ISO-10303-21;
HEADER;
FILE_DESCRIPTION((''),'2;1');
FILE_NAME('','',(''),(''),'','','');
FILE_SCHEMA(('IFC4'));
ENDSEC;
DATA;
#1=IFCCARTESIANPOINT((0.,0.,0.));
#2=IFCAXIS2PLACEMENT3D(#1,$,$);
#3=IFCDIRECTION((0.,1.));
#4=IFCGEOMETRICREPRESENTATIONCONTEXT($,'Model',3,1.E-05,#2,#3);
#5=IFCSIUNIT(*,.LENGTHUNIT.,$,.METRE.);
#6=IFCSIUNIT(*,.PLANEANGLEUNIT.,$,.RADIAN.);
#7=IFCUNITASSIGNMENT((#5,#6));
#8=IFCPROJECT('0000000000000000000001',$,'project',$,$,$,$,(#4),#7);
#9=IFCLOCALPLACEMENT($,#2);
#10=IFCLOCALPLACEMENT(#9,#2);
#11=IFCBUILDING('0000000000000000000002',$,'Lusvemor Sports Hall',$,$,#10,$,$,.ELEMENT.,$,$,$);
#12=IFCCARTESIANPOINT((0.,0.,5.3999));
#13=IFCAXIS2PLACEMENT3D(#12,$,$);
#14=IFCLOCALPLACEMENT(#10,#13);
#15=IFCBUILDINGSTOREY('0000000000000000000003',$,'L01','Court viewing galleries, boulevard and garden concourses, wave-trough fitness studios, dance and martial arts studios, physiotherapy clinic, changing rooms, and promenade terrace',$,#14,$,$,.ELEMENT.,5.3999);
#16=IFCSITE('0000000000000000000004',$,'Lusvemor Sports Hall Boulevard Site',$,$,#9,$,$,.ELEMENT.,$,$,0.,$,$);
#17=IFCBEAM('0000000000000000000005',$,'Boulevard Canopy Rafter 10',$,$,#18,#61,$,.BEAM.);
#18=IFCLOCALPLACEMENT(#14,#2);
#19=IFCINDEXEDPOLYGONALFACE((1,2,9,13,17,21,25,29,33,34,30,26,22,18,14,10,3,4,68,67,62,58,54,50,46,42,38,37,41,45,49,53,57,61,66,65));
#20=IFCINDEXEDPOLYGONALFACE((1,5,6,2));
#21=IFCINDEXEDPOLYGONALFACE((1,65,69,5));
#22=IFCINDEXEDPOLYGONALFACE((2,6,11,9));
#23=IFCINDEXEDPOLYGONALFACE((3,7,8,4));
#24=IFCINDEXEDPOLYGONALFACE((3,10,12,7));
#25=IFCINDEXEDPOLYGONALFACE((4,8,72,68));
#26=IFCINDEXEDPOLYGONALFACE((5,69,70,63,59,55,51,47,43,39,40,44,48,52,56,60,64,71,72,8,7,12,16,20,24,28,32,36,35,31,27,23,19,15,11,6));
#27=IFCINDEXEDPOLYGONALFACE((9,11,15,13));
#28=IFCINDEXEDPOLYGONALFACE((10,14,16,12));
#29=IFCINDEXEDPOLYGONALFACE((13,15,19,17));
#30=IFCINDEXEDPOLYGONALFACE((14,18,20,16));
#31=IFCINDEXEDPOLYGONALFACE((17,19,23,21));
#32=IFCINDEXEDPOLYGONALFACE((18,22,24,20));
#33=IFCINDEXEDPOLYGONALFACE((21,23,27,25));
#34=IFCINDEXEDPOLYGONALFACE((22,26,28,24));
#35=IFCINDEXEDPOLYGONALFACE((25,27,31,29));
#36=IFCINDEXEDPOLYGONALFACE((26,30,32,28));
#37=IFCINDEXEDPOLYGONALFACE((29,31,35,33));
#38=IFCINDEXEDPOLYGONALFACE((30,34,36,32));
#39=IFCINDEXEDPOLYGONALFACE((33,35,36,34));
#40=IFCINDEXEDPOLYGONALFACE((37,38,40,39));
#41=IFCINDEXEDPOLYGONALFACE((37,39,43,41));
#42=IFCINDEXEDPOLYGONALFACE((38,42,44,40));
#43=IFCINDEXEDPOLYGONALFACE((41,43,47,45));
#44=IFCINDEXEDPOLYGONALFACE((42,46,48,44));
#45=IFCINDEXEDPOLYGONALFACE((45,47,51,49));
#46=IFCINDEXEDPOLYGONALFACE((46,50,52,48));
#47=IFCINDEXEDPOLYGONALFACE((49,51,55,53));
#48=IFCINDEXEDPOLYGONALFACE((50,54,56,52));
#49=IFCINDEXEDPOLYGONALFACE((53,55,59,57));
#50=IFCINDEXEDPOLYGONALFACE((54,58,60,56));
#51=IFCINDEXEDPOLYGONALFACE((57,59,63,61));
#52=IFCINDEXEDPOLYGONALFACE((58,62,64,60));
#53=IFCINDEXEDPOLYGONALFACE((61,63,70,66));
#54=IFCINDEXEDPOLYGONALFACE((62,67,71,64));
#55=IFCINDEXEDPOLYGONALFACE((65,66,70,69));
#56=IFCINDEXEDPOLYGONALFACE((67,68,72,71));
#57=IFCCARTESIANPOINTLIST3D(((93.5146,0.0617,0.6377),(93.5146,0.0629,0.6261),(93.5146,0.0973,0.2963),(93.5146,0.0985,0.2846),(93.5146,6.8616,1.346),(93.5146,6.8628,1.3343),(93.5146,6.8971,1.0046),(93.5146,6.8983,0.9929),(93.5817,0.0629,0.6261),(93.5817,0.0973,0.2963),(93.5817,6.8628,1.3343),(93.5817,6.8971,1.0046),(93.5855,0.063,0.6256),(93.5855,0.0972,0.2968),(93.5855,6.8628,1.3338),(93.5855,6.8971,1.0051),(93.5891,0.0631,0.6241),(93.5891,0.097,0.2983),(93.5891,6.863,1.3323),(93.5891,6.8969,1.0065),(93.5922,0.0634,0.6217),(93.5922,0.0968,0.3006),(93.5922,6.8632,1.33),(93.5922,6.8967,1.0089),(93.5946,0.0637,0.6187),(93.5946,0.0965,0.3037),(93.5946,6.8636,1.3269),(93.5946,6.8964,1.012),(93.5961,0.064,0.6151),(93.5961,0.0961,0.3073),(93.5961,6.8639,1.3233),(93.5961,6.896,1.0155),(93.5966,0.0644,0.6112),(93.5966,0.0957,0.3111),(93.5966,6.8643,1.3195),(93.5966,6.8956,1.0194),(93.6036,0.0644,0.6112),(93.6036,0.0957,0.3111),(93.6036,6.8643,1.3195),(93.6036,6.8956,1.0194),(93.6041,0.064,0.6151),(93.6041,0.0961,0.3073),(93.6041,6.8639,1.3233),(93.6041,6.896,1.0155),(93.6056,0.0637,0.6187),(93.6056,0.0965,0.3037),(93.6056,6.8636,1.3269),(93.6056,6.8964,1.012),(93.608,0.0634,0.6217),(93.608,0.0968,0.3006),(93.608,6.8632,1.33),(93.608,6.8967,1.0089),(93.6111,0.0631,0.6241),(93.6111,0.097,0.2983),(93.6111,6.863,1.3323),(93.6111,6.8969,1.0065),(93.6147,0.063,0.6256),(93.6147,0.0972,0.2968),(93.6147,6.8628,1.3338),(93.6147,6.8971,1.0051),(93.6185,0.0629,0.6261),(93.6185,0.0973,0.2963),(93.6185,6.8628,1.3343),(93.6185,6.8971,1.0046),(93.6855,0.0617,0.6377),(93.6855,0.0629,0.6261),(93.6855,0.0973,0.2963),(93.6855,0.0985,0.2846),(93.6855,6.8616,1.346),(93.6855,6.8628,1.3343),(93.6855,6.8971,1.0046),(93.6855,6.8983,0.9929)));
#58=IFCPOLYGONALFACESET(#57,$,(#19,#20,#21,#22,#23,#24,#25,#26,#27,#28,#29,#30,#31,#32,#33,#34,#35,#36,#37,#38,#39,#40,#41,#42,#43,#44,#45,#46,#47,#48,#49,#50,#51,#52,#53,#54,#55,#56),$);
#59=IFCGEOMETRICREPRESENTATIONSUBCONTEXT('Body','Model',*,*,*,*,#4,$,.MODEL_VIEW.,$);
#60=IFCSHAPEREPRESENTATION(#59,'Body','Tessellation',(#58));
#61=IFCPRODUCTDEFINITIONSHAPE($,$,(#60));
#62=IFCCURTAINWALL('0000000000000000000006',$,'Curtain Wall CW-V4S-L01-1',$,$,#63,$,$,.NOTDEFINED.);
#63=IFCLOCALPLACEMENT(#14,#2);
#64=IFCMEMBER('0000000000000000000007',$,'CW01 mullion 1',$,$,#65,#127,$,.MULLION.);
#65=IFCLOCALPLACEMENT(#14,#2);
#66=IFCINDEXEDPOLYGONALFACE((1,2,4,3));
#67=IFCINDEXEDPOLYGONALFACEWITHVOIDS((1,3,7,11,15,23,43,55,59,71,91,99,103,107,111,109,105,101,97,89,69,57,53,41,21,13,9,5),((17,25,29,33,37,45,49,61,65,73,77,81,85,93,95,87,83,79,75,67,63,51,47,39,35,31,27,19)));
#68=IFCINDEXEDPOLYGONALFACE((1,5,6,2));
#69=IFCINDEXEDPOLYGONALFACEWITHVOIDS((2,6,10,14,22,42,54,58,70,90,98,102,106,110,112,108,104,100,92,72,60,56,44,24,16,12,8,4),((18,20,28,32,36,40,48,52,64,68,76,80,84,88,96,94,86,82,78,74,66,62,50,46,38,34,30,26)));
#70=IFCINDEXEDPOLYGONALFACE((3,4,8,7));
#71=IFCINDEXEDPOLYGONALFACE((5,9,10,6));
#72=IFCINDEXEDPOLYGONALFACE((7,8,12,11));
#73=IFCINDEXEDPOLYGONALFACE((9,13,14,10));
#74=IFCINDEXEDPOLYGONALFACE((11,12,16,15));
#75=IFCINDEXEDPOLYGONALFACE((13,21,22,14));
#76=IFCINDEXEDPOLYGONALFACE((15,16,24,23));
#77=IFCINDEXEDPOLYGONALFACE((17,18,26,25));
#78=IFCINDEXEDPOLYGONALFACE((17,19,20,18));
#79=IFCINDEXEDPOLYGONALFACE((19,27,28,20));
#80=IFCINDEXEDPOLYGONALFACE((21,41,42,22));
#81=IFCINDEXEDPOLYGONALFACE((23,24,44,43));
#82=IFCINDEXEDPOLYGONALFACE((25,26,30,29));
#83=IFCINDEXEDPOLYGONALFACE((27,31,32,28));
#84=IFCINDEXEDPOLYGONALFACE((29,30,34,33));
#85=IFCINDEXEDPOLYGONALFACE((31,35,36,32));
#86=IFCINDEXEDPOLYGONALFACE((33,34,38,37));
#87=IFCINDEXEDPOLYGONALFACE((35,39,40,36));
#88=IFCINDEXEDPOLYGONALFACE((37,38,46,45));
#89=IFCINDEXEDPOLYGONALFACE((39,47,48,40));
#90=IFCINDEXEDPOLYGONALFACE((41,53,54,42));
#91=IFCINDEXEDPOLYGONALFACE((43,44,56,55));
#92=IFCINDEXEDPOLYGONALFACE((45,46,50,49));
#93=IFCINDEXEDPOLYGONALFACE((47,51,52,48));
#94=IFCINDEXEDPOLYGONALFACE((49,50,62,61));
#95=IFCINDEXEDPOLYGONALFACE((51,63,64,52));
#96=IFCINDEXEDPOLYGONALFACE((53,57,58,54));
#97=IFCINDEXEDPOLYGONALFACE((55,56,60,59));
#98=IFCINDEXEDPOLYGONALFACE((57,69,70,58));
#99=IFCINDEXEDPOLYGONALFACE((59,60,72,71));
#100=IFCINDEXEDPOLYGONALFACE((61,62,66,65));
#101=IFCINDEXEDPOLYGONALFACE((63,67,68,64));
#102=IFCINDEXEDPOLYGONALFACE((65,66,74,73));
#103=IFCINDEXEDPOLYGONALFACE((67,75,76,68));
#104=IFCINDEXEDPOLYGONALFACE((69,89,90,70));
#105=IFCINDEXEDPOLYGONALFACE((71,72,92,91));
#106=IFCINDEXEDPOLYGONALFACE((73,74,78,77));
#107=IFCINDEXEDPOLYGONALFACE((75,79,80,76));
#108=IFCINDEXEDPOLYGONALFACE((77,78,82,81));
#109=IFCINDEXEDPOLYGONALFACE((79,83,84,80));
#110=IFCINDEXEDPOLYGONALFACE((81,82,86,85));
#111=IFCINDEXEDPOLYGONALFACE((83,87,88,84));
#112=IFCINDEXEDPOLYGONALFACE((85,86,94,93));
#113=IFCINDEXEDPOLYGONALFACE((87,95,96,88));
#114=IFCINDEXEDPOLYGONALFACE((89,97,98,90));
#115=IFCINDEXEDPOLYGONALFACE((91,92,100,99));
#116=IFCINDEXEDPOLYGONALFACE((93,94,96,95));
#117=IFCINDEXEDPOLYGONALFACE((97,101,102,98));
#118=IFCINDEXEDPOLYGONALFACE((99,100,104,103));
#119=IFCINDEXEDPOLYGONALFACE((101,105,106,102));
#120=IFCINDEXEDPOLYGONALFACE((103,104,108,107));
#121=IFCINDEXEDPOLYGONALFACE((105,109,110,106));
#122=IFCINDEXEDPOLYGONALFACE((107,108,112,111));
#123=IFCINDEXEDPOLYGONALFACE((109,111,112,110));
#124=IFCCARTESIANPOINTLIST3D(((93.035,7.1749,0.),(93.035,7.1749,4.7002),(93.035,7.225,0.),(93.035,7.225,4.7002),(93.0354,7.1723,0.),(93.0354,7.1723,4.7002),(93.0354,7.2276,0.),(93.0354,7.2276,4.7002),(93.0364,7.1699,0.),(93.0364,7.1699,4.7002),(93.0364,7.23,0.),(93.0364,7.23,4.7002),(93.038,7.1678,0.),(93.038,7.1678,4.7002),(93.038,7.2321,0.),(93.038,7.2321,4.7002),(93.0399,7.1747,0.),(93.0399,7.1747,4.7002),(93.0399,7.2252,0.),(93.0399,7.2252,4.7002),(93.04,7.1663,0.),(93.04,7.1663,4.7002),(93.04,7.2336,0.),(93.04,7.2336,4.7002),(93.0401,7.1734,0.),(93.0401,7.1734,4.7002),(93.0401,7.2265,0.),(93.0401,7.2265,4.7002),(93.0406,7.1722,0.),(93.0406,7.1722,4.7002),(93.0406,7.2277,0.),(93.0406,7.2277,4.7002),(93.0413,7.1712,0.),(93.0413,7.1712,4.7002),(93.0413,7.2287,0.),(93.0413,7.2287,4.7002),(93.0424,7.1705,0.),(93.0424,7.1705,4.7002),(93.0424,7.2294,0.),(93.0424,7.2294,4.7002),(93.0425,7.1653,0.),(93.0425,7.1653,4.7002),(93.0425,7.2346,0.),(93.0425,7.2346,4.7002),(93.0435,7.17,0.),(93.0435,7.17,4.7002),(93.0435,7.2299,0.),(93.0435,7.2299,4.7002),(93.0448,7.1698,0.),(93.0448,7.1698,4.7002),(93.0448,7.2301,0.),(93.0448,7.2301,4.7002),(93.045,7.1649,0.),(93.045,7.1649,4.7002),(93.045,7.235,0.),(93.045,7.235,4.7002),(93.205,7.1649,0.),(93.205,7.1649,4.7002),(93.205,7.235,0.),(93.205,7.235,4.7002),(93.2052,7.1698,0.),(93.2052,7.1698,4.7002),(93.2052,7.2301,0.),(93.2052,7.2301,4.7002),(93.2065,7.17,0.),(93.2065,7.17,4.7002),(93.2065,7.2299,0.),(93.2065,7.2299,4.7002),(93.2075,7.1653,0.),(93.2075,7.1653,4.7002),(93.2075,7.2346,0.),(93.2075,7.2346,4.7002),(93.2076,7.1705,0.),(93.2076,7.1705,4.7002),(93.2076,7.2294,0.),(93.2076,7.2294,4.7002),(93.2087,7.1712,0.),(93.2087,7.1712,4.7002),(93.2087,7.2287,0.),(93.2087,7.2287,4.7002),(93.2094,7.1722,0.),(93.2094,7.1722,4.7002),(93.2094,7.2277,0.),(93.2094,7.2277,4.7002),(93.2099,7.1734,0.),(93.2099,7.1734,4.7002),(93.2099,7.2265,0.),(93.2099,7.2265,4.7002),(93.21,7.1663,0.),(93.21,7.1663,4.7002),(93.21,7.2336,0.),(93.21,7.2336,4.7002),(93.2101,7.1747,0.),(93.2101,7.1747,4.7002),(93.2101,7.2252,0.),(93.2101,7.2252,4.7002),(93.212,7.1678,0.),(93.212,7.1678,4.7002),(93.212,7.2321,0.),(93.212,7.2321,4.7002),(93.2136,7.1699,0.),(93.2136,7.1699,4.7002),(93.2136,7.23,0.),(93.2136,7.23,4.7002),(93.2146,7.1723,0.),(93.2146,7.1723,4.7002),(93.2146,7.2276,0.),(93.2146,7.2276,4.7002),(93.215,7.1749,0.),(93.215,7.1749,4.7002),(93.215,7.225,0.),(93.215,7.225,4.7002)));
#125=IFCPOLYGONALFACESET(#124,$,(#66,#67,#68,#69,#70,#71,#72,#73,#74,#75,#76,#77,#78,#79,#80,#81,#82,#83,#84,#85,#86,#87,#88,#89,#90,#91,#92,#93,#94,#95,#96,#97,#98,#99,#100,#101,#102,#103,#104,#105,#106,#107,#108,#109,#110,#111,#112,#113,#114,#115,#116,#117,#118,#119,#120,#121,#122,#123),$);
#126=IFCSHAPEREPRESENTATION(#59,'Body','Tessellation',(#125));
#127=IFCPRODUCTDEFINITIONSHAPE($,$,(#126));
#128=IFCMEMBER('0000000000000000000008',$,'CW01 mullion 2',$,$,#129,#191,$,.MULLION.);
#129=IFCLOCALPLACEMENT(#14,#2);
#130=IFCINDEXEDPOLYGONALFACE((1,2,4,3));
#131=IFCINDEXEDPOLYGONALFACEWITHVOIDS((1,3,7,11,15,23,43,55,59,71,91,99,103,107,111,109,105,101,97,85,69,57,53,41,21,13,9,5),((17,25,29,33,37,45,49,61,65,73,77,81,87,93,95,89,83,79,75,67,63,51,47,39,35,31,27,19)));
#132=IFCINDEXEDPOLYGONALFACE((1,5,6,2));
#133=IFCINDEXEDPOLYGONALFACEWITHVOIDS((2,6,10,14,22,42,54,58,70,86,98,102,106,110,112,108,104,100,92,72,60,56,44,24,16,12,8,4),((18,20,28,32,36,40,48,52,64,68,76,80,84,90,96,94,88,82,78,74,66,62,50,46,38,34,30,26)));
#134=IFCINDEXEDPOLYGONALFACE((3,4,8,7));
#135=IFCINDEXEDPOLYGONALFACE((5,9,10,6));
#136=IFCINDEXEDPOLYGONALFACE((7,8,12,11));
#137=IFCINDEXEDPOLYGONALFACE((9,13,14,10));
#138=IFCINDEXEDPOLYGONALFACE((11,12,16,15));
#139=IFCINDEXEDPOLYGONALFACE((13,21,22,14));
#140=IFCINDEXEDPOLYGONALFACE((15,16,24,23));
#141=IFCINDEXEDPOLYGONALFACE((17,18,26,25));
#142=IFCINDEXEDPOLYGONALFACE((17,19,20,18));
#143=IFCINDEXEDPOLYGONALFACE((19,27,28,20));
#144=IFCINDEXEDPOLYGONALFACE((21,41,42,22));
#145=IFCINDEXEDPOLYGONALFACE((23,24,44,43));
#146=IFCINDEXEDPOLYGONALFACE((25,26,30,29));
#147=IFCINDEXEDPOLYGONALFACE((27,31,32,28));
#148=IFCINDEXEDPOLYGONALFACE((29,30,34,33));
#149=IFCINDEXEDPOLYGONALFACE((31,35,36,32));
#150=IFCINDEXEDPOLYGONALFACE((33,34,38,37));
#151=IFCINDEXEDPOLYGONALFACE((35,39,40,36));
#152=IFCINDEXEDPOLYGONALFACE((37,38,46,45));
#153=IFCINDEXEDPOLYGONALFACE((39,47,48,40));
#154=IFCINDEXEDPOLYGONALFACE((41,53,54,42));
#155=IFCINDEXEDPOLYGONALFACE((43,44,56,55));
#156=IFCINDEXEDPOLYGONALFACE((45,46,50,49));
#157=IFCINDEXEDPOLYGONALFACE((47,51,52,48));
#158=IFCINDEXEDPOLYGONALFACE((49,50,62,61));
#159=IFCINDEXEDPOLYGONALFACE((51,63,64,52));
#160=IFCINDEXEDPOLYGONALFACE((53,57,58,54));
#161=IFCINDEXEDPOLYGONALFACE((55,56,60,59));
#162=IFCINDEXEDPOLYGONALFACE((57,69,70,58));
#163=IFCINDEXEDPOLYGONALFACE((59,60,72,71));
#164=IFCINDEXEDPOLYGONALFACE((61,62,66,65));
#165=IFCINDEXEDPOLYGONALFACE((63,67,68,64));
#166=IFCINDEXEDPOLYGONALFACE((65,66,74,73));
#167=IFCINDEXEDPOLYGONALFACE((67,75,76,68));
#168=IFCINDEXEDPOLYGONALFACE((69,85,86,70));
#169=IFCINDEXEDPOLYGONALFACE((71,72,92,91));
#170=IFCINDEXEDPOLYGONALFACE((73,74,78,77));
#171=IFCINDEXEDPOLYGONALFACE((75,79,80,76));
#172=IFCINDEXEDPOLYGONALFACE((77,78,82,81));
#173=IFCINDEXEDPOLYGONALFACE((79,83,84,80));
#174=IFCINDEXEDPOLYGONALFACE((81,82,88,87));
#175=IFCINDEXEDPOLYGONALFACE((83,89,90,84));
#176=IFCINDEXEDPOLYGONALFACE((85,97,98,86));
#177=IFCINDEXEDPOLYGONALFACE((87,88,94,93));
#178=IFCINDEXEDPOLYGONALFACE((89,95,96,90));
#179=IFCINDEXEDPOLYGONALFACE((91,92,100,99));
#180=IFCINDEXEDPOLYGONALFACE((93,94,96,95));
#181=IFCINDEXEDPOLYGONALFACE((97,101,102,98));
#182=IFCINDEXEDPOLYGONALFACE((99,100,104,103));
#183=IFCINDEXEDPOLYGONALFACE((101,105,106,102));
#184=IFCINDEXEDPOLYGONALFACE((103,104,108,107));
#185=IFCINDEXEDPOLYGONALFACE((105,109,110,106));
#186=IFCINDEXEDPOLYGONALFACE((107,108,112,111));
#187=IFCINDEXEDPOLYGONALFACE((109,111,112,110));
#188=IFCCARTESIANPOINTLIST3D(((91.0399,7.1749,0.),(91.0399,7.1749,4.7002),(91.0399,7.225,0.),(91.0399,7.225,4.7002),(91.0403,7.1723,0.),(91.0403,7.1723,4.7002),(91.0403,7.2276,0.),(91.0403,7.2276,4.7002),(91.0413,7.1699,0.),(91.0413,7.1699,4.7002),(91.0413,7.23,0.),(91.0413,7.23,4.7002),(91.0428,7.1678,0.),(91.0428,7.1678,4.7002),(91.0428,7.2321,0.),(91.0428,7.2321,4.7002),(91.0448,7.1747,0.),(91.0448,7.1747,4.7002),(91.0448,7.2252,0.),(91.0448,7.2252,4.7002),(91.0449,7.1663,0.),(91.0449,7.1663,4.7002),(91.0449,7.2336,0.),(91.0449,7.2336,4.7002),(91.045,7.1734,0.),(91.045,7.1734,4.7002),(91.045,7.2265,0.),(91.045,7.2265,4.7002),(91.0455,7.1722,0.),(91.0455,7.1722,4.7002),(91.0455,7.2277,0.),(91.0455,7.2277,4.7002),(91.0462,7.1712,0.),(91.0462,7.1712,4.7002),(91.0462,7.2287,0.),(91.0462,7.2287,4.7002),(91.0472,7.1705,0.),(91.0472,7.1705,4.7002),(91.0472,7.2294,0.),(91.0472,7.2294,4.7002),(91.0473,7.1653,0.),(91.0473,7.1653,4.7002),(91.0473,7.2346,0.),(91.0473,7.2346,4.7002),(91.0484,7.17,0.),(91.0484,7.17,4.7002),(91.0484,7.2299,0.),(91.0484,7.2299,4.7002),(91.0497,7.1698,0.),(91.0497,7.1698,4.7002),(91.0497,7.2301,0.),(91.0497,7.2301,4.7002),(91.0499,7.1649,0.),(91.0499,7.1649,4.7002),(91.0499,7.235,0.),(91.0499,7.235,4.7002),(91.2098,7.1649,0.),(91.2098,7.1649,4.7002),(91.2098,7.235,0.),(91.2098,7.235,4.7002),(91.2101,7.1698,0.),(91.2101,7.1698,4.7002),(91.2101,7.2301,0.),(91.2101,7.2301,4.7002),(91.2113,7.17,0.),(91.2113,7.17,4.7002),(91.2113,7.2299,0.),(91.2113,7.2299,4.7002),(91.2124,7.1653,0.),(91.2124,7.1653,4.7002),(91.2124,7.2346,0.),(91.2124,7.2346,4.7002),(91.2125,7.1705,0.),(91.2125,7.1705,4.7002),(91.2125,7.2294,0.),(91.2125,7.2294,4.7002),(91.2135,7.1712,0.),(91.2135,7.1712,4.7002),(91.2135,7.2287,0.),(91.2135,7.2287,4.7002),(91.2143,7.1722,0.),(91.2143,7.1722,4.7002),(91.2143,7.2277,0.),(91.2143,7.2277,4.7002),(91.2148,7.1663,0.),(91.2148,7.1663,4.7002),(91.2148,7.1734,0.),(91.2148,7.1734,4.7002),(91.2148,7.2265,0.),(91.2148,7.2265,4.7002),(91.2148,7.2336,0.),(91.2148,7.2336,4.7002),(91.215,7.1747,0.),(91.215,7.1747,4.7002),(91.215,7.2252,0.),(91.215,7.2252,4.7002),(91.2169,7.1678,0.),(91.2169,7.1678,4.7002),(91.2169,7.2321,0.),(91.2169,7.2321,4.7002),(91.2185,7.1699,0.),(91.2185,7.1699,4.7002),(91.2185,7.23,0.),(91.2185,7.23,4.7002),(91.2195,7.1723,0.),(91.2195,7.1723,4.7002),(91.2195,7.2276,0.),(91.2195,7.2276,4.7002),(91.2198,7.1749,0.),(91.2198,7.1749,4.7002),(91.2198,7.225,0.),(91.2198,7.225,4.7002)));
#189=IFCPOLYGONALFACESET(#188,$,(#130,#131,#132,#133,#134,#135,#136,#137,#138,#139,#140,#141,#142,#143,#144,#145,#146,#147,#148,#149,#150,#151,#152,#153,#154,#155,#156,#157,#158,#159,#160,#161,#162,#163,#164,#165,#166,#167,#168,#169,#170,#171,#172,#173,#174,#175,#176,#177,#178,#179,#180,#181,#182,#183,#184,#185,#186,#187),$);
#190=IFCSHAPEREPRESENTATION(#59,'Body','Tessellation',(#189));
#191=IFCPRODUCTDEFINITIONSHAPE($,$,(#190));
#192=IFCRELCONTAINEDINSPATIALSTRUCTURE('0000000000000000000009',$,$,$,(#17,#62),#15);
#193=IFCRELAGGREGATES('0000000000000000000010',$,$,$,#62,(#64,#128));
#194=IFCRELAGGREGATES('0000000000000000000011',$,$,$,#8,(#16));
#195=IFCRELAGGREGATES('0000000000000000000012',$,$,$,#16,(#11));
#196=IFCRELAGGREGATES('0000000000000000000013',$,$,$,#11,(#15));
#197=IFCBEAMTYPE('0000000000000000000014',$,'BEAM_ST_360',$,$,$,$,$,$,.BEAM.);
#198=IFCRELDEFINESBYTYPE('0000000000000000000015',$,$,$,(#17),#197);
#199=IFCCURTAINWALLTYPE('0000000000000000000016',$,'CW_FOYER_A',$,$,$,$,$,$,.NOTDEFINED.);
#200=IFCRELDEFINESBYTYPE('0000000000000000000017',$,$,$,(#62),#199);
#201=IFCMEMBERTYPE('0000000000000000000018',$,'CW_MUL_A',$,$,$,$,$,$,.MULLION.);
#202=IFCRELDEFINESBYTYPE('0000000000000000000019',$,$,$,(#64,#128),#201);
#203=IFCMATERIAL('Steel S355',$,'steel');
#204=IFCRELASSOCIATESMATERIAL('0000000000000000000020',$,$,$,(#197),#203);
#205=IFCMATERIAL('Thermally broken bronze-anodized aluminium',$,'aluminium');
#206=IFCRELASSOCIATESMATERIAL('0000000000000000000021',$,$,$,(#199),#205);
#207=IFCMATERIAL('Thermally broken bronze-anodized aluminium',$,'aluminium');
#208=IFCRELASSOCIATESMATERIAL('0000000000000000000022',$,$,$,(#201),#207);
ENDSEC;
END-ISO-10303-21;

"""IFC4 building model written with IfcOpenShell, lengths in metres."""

from ifc_helpers import new_model, si_unit, direction, frame, origin, origin_2d, place, context, subcontext, project, spatial, hollow_rectangle, i_section, extrude, material, material_profile, profile_set, type_object, element, aggregate, save


model = new_model("IFC4")

# Units and contexts
model_context = context("Model", 3, precision=1e-05, world=origin(), true_north=direction((0.0, 1.0)))
body_context = subcontext(model_context, "Body", "Model", "MODEL_VIEW")
ifc_project = project(units=[si_unit("LENGTHUNIT", "METRE"), si_unit("PLANEANGLEUNIT", "RADIAN")], contexts=[model_context])

# Site, building, storey
site_placement = place(None, origin())
site = spatial("IfcSite", under=ifc_project, at=site_placement, Name="Lusvemor Sports Hall Boulevard Site", CompositionType="ELEMENT", RefElevation=0.0)
building_placement = place(site_placement, origin())
building = spatial("IfcBuilding", under=site, at=building_placement, Name="Lusvemor Sports Hall", CompositionType="ELEMENT")
storey_placement = place(building_placement, frame((0.0, 0.0, 5.3999)))
storey = spatial("IfcBuildingStorey", under=building, at=storey_placement, Name="L01", Description="Court viewing galleries, boulevard and garden concourses, wave-trough fitness studios, dance and martial arts studios, physiotherapy clinic, changing rooms, and promenade terrace", CompositionType="ELEMENT", Elevation=5.3999)

# Beam
ifc_material_1 = material(Name="Steel S355", Category="steel")
ifc_material_profile_1 = material_profile(ifc_material_1, i_section(OverallWidth=0.1709, OverallDepth=0.355, WebThickness=0.0071, FlangeThickness=0.0117, FilletRadius=0.0149, at=origin_2d()), Name="W360x51.0")
ifc_profile_set_1 = profile_set([ifc_material_profile_1], Name="Steel S355")
beam_type = type_object("IfcBeamType", Name="BEAM_ST_360", PredefinedType="BEAM", material=ifc_profile_set_1)
beam_placement = place(storey_placement, frame((93.6001, 0.0801, 0.4612), z_axis=(0.0, 0.994619, 0.103597), x_axis=(-1.0, 0.0, 0.0)))
element("IfcBeam", 1, at=beam_placement, inside=storey, type_object=beam_type, Name="Boulevard Canopy Rafter 10", PredefinedType="BEAM", context=body_context, shape_type="SweptSolid", body=[
    extrude(i_section(OverallWidth=0.1709, OverallDepth=0.355, WebThickness=0.0071, FlangeThickness=0.0117, FilletRadius=0.0149, at=origin_2d()), origin(), (0.0, 0.0, 1.0), 6.8367),
])

# Curtain wall, members
ifc_material_2 = material(Name="Thermally broken bronze-anodized aluminium", Category="aluminium")
curtain_wall_type = type_object("IfcCurtainWallType", Name="CW_FOYER_A", PredefinedType="NOTDEFINED", material=ifc_material_2)
curtain_wall_placement = place(storey_placement, origin())
curtain_wall = element("IfcCurtainWall", 2, at=curtain_wall_placement, inside=storey, type_object=curtain_wall_type, Name="Curtain Wall CW-V4S-L01-1", PredefinedType="NOTDEFINED")
ifc_material_3 = material(Name="Thermally broken bronze-anodized aluminium", Category="aluminium")
ifc_material_profile_2 = material_profile(ifc_material_3, hollow_rectangle(XDim=0.0701, YDim=0.1799, WallThickness=0.0049, InnerFilletRadius=0.0049, OuterFilletRadius=0.01, at=origin_2d()), Name="CWMUL180x70x5")
ifc_profile_set_2 = profile_set([ifc_material_profile_2], Name="Thermally broken bronze-anodized aluminium")
member_type_1 = type_object("IfcMemberType", Name="CW_MUL_A", PredefinedType="MULLION", material=ifc_profile_set_2)
member_1_placement = place(storey_placement, frame((93.125, 7.2, 0.0), z_axis=(0.0, 0.0, 1.0), x_axis=(0.0, -1.0, 0.0)))
member_1 = element("IfcMember", 3, at=member_1_placement, type_object=member_type_1, Name="CW01 mullion 1", PredefinedType="MULLION", context=body_context, shape_type="SweptSolid", body=[
    extrude(hollow_rectangle(XDim=0.0701, YDim=0.1799, WallThickness=0.0049, InnerFilletRadius=0.0049, OuterFilletRadius=0.01, at=origin_2d()), origin(), (0.0, 0.0, 1.0), 4.7002),
])
member_2_placement = place(storey_placement, frame((91.1299, 7.2, 0.0), z_axis=(0.0, 0.0, 1.0), x_axis=(0.0, -1.0, 0.0)))
member_2 = element("IfcMember", 4, at=member_2_placement, type_object=member_type_1, Name="CW01 mullion 2", PredefinedType="MULLION", context=body_context, shape_type="SweptSolid", body=[
    extrude(hollow_rectangle(XDim=0.0701, YDim=0.1799, WallThickness=0.0049, InnerFilletRadius=0.0049, OuterFilletRadius=0.01, at=origin_2d()), origin(), (0.0, 0.0, 1.0), 4.7002),
])

aggregate(curtain_wall, [member_1, member_2])

save(model, "model.ifc")
